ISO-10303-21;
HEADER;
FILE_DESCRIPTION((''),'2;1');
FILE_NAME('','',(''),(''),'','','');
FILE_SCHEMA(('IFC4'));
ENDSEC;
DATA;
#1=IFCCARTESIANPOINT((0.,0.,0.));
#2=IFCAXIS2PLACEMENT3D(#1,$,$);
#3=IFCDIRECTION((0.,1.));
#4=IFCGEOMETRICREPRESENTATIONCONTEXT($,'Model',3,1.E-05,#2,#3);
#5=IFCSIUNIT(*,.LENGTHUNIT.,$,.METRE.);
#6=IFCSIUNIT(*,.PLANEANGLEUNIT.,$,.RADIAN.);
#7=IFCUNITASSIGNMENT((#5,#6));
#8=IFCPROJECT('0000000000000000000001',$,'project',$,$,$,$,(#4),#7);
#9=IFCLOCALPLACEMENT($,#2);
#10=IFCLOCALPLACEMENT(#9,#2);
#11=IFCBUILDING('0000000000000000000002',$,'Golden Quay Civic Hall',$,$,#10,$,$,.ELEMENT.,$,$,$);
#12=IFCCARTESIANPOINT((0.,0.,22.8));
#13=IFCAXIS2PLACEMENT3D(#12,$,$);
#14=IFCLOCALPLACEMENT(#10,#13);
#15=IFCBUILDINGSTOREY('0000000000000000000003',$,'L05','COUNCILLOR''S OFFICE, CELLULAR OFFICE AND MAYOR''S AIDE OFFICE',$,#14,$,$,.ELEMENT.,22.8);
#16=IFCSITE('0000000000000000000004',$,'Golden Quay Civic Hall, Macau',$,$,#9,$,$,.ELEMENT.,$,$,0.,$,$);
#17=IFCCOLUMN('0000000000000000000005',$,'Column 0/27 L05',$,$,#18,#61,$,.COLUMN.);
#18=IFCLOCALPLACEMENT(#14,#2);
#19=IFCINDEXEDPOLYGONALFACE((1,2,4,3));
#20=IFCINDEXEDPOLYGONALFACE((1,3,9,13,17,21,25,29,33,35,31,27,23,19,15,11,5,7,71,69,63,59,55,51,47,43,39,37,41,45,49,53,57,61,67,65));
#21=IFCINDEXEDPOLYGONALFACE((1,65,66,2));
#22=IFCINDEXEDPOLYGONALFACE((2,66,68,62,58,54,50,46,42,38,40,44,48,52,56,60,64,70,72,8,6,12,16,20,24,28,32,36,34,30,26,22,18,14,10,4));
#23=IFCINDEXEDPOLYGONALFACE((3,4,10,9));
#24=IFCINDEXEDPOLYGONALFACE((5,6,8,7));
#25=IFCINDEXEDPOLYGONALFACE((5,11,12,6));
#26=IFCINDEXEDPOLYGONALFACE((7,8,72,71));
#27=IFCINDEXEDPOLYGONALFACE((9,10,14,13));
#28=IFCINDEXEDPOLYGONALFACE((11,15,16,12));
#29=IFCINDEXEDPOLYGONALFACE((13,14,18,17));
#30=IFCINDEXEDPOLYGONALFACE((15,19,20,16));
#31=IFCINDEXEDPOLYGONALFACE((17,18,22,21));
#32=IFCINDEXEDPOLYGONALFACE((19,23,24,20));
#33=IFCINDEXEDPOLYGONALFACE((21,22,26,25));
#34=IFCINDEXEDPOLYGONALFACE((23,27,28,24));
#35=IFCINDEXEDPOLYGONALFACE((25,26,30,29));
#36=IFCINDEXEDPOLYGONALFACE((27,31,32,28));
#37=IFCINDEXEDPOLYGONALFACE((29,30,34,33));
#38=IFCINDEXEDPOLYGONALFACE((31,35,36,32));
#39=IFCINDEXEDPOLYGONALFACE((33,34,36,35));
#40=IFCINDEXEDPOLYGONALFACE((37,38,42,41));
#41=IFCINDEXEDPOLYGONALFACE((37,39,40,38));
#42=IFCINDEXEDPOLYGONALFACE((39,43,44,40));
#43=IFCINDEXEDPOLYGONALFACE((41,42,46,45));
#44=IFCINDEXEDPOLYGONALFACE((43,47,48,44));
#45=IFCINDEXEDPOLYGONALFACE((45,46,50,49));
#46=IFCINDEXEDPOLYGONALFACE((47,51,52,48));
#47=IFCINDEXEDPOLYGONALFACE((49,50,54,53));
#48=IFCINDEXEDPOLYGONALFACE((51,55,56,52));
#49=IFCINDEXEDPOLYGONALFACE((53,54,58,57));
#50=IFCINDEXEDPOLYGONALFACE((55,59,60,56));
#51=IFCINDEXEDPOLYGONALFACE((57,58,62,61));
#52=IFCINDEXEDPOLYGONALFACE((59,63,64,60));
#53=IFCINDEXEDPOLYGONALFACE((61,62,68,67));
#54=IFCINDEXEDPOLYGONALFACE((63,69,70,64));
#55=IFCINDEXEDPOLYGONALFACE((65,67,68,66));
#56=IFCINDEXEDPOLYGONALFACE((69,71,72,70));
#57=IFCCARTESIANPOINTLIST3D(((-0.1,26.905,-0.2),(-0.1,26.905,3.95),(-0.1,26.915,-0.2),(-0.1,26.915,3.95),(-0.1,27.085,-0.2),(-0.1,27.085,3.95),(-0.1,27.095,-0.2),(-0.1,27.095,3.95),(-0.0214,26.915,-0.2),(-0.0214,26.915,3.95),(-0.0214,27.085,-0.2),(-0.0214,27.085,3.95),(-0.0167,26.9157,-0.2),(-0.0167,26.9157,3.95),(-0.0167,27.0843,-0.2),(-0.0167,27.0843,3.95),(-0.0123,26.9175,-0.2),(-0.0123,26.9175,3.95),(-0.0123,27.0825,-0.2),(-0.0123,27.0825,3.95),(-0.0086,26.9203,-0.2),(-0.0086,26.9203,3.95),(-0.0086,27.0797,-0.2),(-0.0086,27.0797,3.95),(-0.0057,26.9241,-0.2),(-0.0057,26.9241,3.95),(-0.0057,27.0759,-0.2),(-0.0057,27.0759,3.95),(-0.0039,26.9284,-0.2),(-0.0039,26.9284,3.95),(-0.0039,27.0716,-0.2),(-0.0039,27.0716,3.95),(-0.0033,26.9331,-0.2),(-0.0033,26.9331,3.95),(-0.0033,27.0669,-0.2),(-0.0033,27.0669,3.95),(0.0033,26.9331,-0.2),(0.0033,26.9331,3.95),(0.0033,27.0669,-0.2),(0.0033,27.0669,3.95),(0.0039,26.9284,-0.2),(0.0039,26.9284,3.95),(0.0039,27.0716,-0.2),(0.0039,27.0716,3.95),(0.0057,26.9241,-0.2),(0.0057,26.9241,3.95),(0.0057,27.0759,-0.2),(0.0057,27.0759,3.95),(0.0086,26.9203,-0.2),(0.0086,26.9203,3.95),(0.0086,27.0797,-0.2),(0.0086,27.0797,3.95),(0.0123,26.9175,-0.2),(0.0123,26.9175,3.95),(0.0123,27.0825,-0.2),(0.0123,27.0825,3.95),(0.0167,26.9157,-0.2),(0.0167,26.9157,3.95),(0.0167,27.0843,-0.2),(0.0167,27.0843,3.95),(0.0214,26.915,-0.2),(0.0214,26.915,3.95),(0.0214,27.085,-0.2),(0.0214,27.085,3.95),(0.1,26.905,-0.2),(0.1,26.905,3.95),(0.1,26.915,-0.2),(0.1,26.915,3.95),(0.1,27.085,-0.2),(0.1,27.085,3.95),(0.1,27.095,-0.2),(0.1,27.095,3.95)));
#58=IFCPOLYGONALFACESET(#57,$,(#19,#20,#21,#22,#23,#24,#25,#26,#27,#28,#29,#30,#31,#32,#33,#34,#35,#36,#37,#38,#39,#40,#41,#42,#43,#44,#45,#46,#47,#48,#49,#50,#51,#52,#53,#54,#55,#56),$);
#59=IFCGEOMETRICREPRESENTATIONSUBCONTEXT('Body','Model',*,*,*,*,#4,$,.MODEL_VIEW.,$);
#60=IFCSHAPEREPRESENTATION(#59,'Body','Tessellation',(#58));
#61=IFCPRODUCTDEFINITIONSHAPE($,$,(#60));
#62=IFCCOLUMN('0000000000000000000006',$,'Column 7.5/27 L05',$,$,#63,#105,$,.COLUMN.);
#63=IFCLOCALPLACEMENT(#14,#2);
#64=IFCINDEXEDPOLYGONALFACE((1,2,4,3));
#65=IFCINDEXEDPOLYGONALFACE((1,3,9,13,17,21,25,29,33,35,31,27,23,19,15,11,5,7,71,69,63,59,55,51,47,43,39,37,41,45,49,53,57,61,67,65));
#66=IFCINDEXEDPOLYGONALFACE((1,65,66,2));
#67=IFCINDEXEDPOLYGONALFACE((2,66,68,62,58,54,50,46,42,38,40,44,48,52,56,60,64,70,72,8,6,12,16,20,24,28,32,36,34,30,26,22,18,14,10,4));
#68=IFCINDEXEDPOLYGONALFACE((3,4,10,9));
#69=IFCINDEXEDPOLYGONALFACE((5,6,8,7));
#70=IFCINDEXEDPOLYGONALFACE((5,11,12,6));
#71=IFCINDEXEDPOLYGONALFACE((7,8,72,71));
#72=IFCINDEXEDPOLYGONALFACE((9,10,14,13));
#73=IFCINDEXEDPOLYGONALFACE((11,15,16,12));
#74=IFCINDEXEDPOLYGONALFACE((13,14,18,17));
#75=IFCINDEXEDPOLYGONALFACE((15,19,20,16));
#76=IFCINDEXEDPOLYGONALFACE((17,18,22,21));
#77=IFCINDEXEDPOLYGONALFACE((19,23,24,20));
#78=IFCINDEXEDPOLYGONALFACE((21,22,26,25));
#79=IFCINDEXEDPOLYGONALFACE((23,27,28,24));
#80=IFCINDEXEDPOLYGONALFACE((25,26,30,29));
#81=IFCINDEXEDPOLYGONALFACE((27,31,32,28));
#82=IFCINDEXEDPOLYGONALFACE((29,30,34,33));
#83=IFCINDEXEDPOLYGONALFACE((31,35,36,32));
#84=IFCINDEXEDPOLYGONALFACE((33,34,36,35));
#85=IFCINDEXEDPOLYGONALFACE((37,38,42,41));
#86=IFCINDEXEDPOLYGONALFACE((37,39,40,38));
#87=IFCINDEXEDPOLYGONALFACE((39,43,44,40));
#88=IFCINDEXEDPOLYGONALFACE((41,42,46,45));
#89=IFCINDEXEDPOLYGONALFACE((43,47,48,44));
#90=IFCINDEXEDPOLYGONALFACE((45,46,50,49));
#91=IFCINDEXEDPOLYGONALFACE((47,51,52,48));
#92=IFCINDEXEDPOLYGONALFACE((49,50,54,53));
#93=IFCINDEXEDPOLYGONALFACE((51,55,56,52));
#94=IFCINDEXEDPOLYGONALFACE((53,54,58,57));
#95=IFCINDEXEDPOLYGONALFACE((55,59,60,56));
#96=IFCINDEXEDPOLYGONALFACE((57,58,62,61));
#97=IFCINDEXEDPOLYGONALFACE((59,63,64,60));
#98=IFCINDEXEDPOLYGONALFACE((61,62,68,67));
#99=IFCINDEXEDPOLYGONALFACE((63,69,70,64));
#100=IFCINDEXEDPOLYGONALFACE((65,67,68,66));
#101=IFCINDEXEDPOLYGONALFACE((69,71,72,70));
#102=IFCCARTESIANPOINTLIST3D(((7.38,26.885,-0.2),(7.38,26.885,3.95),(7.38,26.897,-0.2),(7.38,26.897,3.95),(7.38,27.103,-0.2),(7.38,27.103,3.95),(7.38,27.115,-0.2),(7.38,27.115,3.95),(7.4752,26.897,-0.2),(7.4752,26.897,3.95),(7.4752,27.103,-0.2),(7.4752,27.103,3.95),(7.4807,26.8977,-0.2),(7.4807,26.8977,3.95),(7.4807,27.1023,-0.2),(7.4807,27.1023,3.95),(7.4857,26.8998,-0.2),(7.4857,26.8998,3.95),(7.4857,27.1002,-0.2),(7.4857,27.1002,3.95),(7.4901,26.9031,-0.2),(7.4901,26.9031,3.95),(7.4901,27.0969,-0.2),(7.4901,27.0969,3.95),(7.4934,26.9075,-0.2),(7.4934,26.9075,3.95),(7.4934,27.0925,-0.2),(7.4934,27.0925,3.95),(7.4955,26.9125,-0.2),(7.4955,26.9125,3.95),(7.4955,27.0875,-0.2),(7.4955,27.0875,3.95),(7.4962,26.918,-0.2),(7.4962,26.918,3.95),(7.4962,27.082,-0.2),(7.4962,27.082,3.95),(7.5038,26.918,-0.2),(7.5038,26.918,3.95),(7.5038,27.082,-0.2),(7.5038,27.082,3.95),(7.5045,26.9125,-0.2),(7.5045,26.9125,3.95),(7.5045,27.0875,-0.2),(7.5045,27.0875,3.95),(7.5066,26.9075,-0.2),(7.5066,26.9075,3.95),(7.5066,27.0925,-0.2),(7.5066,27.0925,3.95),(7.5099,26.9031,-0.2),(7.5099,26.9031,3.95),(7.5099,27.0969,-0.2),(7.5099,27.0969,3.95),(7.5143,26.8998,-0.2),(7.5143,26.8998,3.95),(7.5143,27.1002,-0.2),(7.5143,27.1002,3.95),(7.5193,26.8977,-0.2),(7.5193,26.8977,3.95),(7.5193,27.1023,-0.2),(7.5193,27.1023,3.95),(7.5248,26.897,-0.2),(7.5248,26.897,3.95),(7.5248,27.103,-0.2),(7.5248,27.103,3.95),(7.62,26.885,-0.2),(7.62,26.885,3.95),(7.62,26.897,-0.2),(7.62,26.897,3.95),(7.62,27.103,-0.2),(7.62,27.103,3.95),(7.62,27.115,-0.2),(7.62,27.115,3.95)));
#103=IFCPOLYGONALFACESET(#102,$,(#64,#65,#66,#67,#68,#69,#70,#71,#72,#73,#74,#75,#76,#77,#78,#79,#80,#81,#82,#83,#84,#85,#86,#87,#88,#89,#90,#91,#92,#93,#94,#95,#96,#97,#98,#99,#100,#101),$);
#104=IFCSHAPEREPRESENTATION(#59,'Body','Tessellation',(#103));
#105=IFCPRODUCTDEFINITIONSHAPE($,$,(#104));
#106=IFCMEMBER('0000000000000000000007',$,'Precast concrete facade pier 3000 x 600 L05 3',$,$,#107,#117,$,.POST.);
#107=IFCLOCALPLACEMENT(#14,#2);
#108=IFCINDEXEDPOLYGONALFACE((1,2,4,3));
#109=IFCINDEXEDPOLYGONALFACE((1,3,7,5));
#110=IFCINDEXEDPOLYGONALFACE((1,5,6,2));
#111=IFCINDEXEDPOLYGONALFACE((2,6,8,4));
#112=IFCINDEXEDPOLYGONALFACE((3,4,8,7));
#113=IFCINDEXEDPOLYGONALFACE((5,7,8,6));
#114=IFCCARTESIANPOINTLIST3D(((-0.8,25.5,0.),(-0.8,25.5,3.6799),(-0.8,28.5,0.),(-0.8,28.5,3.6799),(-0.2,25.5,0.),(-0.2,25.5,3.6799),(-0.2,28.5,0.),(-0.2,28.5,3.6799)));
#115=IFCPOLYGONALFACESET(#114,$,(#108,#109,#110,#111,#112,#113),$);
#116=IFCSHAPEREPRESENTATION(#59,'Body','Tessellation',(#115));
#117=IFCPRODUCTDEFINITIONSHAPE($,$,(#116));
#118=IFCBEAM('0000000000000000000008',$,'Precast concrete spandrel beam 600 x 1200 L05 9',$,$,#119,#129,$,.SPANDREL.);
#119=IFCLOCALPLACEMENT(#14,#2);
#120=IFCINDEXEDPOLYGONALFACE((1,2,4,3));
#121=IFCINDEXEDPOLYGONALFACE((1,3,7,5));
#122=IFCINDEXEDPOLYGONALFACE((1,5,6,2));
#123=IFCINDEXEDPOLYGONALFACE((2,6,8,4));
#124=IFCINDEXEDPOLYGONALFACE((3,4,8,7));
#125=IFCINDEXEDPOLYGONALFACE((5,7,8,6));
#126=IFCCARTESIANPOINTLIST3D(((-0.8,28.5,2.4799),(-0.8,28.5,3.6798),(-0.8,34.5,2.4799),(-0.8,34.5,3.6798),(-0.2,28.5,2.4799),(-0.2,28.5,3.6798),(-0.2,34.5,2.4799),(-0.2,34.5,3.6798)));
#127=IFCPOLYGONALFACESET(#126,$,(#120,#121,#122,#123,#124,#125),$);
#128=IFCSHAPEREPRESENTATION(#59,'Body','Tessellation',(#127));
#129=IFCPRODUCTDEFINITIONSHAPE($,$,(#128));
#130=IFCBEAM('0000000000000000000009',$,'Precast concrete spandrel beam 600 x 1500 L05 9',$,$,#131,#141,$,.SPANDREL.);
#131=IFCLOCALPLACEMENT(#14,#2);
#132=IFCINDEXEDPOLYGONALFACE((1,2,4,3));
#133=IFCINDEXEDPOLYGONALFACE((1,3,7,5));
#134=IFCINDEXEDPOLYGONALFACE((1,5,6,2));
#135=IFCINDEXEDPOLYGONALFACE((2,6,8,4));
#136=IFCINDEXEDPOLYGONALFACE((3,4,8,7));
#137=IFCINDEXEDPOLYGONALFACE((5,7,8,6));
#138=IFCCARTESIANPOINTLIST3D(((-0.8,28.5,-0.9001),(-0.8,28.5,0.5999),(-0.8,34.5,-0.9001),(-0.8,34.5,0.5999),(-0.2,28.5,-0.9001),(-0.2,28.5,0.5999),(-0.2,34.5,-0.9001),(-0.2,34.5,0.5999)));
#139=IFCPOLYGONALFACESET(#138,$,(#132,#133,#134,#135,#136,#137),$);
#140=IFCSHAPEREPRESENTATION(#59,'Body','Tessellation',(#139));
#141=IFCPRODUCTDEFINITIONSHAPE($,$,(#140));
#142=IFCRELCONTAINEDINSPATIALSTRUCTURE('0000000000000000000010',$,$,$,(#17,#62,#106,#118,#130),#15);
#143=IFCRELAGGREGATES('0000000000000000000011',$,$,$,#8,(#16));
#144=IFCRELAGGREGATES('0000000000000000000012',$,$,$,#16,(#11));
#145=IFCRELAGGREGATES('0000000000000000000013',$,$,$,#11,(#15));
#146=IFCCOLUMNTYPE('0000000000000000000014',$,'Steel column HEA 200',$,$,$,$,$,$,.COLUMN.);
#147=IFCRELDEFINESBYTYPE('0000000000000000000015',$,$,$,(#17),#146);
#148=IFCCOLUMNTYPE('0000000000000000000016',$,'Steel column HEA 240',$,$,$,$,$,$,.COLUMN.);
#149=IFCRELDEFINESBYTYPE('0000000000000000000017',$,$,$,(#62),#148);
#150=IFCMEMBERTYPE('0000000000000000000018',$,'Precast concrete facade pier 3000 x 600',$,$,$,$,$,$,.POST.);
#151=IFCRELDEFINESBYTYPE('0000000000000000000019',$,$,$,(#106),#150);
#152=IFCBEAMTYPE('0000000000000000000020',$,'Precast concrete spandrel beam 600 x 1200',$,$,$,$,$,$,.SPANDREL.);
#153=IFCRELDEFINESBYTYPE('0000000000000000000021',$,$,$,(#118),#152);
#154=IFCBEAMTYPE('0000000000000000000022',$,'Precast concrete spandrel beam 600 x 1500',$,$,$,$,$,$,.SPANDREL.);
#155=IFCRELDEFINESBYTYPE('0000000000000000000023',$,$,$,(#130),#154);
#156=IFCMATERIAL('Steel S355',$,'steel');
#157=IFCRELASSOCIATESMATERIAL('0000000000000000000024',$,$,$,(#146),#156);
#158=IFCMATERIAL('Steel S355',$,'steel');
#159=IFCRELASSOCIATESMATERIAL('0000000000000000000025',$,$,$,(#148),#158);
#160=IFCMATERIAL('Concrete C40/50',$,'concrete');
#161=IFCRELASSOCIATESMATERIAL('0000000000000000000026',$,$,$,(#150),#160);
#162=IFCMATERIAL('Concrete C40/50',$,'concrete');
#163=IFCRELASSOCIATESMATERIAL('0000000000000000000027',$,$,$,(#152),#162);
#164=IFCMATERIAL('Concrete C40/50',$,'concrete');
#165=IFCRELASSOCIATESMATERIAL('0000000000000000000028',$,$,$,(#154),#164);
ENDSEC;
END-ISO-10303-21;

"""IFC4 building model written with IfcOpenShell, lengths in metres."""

from ifc_helpers import new_model, si_unit, direction, frame, origin, origin_2d, place, context, subcontext, project, spatial, rectangle, i_section, extrude, material, material_profile, profile_set, type_object, element, save


model = new_model("IFC4")

# Units and contexts
model_context = context("Model", 3, precision=1e-05, world=origin(), true_north=direction((0.0, 1.0)))
body_context = subcontext(model_context, "Body", "Model", "MODEL_VIEW")
ifc_project = project(units=[si_unit("LENGTHUNIT", "METRE"), si_unit("PLANEANGLEUNIT", "RADIAN")], contexts=[model_context])

# Site, building, storey
site_placement = place(None, origin())
site = spatial("IfcSite", under=ifc_project, at=site_placement, Name="Golden Quay Civic Hall, Macau", CompositionType="ELEMENT", RefElevation=0.0)
building_placement = place(site_placement, origin())
building = spatial("IfcBuilding", under=site, at=building_placement, Name="Golden Quay Civic Hall", CompositionType="ELEMENT")
storey_placement = place(building_placement, frame((0.0, 0.0, 22.8)))
storey = spatial("IfcBuildingStorey", under=building, at=storey_placement, Name="L05", Description="COUNCILLOR'S OFFICE, CELLULAR OFFICE AND MAYOR'S AIDE OFFICE", CompositionType="ELEMENT", Elevation=22.8)

# Columns
ifc_material_1 = material(Name="Steel S355", Category="steel")
ifc_material_profile_1 = material_profile(ifc_material_1, i_section(OverallWidth=0.2, OverallDepth=0.1899, WebThickness=0.0066, FlangeThickness=0.01, FilletRadius=0.0181, at=origin_2d()), Name="HEA 200")
ifc_profile_set_1 = profile_set([ifc_material_profile_1], Name="Steel S355")
column_type_1 = type_object("IfcColumnType", Name="Steel column HEA 200", PredefinedType="COLUMN", material=ifc_profile_set_1)
column_1_placement = place(storey_placement, frame((0.0, 27.0, -0.2), z_axis=(0.0, 0.0, 1.0), x_axis=(1.0, 0.0, 0.0)))
element("IfcColumn", 1, at=column_1_placement, inside=storey, type_object=column_type_1, Name="Column 0/27 L05", PredefinedType="COLUMN", context=body_context, shape_type="SweptSolid", body=[
    extrude(i_section(OverallWidth=0.2, OverallDepth=0.1899, WebThickness=0.0066, FlangeThickness=0.01, FilletRadius=0.0181, at=origin_2d()), origin(), (0.0, 0.0, 1.0), 4.1499),
])
ifc_material_2 = material(Name="Steel S355", Category="steel")
ifc_material_profile_2 = material_profile(ifc_material_2, i_section(OverallWidth=0.24, OverallDepth=0.23, WebThickness=0.0076, FlangeThickness=0.012, FilletRadius=0.021, at=origin_2d()), Name="HEA 240")
ifc_profile_set_2 = profile_set([ifc_material_profile_2], Name="Steel S355")
column_type_2 = type_object("IfcColumnType", Name="Steel column HEA 240", PredefinedType="COLUMN", material=ifc_profile_set_2)
column_2_placement = place(storey_placement, frame((7.5, 27.0, -0.2), z_axis=(0.0, 0.0, 1.0), x_axis=(1.0, 0.0, 0.0)))
element("IfcColumn", 2, at=column_2_placement, inside=storey, type_object=column_type_2, Name="Column 7.5/27 L05", PredefinedType="COLUMN", context=body_context, shape_type="SweptSolid", body=[
    extrude(i_section(OverallWidth=0.24, OverallDepth=0.23, WebThickness=0.0076, FlangeThickness=0.012, FilletRadius=0.021, at=origin_2d()), origin(), (0.0, 0.0, 1.0), 4.1499),
])

# Member
ifc_material_3 = material(Name="Concrete C40/50", Category="concrete")
ifc_material_profile_3 = material_profile(ifc_material_3, rectangle(XDim=3.0, YDim=0.6001, at=origin_2d()), Name="RC 3000x600")
ifc_profile_set_3 = profile_set([ifc_material_profile_3], Name="Concrete C40/50")
member_type = type_object("IfcMemberType", Name="Precast concrete facade pier 3000 x 600", PredefinedType="POST", material=ifc_profile_set_3)
member_placement = place(storey_placement, frame((-0.5, 27.0, 0.0), z_axis=(0.0, 0.0, 1.0), x_axis=(0.0, 1.0, 0.0)))
element("IfcMember", 3, at=member_placement, inside=storey, type_object=member_type, Name="Precast concrete facade pier 3000 x 600 L05 3", PredefinedType="POST", context=body_context, shape_type="SweptSolid", body=[
    extrude(rectangle(XDim=3.0, YDim=0.6001, at=origin_2d()), origin(), (0.0, 0.0, 1.0), 3.6799),
])

# Beams
ifc_material_4 = material(Name="Concrete C40/50", Category="concrete")
ifc_material_profile_4 = material_profile(ifc_material_4, rectangle(XDim=0.6001, YDim=1.2, at=origin_2d()), Name="RC 600x1200")
ifc_profile_set_4 = profile_set([ifc_material_profile_4], Name="Concrete C40/50")
beam_type_1 = type_object("IfcBeamType", Name="Precast concrete spandrel beam 600 x 1200", PredefinedType="SPANDREL", material=ifc_profile_set_4)
beam_1_placement = place(storey_placement, frame((-0.5, 28.5, 3.0798), z_axis=(0.0, 1.0, 0.0), x_axis=(-1.0, 0.0, 0.0)))
element("IfcBeam", 4, at=beam_1_placement, inside=storey, type_object=beam_type_1, Name="Precast concrete spandrel beam 600 x 1200 L05 9", PredefinedType="SPANDREL", context=body_context, shape_type="SweptSolid", body=[
    extrude(rectangle(XDim=0.6001, YDim=1.2, at=origin_2d()), origin(), (0.0, 0.0, 1.0), 6.0),
])
ifc_material_5 = material(Name="Concrete C40/50", Category="concrete")
ifc_material_profile_5 = material_profile(ifc_material_5, rectangle(XDim=0.6001, YDim=1.5, at=origin_2d()), Name="RC 600x1500")
ifc_profile_set_5 = profile_set([ifc_material_profile_5], Name="Concrete C40/50")
beam_type_2 = type_object("IfcBeamType", Name="Precast concrete spandrel beam 600 x 1500", PredefinedType="SPANDREL", material=ifc_profile_set_5)
beam_2_placement = place(storey_placement, frame((-0.5, 28.5, -0.1501), z_axis=(0.0, 1.0, 0.0), x_axis=(-1.0, 0.0, 0.0)))
element("IfcBeam", 5, at=beam_2_placement, inside=storey, type_object=beam_type_2, Name="Precast concrete spandrel beam 600 x 1500 L05 9", PredefinedType="SPANDREL", context=body_context, shape_type="SweptSolid", body=[
    extrude(rectangle(XDim=0.6001, YDim=1.5, at=origin_2d()), origin(), (0.0, 0.0, 1.0), 6.0),
])

save(model, "model.ifc")
